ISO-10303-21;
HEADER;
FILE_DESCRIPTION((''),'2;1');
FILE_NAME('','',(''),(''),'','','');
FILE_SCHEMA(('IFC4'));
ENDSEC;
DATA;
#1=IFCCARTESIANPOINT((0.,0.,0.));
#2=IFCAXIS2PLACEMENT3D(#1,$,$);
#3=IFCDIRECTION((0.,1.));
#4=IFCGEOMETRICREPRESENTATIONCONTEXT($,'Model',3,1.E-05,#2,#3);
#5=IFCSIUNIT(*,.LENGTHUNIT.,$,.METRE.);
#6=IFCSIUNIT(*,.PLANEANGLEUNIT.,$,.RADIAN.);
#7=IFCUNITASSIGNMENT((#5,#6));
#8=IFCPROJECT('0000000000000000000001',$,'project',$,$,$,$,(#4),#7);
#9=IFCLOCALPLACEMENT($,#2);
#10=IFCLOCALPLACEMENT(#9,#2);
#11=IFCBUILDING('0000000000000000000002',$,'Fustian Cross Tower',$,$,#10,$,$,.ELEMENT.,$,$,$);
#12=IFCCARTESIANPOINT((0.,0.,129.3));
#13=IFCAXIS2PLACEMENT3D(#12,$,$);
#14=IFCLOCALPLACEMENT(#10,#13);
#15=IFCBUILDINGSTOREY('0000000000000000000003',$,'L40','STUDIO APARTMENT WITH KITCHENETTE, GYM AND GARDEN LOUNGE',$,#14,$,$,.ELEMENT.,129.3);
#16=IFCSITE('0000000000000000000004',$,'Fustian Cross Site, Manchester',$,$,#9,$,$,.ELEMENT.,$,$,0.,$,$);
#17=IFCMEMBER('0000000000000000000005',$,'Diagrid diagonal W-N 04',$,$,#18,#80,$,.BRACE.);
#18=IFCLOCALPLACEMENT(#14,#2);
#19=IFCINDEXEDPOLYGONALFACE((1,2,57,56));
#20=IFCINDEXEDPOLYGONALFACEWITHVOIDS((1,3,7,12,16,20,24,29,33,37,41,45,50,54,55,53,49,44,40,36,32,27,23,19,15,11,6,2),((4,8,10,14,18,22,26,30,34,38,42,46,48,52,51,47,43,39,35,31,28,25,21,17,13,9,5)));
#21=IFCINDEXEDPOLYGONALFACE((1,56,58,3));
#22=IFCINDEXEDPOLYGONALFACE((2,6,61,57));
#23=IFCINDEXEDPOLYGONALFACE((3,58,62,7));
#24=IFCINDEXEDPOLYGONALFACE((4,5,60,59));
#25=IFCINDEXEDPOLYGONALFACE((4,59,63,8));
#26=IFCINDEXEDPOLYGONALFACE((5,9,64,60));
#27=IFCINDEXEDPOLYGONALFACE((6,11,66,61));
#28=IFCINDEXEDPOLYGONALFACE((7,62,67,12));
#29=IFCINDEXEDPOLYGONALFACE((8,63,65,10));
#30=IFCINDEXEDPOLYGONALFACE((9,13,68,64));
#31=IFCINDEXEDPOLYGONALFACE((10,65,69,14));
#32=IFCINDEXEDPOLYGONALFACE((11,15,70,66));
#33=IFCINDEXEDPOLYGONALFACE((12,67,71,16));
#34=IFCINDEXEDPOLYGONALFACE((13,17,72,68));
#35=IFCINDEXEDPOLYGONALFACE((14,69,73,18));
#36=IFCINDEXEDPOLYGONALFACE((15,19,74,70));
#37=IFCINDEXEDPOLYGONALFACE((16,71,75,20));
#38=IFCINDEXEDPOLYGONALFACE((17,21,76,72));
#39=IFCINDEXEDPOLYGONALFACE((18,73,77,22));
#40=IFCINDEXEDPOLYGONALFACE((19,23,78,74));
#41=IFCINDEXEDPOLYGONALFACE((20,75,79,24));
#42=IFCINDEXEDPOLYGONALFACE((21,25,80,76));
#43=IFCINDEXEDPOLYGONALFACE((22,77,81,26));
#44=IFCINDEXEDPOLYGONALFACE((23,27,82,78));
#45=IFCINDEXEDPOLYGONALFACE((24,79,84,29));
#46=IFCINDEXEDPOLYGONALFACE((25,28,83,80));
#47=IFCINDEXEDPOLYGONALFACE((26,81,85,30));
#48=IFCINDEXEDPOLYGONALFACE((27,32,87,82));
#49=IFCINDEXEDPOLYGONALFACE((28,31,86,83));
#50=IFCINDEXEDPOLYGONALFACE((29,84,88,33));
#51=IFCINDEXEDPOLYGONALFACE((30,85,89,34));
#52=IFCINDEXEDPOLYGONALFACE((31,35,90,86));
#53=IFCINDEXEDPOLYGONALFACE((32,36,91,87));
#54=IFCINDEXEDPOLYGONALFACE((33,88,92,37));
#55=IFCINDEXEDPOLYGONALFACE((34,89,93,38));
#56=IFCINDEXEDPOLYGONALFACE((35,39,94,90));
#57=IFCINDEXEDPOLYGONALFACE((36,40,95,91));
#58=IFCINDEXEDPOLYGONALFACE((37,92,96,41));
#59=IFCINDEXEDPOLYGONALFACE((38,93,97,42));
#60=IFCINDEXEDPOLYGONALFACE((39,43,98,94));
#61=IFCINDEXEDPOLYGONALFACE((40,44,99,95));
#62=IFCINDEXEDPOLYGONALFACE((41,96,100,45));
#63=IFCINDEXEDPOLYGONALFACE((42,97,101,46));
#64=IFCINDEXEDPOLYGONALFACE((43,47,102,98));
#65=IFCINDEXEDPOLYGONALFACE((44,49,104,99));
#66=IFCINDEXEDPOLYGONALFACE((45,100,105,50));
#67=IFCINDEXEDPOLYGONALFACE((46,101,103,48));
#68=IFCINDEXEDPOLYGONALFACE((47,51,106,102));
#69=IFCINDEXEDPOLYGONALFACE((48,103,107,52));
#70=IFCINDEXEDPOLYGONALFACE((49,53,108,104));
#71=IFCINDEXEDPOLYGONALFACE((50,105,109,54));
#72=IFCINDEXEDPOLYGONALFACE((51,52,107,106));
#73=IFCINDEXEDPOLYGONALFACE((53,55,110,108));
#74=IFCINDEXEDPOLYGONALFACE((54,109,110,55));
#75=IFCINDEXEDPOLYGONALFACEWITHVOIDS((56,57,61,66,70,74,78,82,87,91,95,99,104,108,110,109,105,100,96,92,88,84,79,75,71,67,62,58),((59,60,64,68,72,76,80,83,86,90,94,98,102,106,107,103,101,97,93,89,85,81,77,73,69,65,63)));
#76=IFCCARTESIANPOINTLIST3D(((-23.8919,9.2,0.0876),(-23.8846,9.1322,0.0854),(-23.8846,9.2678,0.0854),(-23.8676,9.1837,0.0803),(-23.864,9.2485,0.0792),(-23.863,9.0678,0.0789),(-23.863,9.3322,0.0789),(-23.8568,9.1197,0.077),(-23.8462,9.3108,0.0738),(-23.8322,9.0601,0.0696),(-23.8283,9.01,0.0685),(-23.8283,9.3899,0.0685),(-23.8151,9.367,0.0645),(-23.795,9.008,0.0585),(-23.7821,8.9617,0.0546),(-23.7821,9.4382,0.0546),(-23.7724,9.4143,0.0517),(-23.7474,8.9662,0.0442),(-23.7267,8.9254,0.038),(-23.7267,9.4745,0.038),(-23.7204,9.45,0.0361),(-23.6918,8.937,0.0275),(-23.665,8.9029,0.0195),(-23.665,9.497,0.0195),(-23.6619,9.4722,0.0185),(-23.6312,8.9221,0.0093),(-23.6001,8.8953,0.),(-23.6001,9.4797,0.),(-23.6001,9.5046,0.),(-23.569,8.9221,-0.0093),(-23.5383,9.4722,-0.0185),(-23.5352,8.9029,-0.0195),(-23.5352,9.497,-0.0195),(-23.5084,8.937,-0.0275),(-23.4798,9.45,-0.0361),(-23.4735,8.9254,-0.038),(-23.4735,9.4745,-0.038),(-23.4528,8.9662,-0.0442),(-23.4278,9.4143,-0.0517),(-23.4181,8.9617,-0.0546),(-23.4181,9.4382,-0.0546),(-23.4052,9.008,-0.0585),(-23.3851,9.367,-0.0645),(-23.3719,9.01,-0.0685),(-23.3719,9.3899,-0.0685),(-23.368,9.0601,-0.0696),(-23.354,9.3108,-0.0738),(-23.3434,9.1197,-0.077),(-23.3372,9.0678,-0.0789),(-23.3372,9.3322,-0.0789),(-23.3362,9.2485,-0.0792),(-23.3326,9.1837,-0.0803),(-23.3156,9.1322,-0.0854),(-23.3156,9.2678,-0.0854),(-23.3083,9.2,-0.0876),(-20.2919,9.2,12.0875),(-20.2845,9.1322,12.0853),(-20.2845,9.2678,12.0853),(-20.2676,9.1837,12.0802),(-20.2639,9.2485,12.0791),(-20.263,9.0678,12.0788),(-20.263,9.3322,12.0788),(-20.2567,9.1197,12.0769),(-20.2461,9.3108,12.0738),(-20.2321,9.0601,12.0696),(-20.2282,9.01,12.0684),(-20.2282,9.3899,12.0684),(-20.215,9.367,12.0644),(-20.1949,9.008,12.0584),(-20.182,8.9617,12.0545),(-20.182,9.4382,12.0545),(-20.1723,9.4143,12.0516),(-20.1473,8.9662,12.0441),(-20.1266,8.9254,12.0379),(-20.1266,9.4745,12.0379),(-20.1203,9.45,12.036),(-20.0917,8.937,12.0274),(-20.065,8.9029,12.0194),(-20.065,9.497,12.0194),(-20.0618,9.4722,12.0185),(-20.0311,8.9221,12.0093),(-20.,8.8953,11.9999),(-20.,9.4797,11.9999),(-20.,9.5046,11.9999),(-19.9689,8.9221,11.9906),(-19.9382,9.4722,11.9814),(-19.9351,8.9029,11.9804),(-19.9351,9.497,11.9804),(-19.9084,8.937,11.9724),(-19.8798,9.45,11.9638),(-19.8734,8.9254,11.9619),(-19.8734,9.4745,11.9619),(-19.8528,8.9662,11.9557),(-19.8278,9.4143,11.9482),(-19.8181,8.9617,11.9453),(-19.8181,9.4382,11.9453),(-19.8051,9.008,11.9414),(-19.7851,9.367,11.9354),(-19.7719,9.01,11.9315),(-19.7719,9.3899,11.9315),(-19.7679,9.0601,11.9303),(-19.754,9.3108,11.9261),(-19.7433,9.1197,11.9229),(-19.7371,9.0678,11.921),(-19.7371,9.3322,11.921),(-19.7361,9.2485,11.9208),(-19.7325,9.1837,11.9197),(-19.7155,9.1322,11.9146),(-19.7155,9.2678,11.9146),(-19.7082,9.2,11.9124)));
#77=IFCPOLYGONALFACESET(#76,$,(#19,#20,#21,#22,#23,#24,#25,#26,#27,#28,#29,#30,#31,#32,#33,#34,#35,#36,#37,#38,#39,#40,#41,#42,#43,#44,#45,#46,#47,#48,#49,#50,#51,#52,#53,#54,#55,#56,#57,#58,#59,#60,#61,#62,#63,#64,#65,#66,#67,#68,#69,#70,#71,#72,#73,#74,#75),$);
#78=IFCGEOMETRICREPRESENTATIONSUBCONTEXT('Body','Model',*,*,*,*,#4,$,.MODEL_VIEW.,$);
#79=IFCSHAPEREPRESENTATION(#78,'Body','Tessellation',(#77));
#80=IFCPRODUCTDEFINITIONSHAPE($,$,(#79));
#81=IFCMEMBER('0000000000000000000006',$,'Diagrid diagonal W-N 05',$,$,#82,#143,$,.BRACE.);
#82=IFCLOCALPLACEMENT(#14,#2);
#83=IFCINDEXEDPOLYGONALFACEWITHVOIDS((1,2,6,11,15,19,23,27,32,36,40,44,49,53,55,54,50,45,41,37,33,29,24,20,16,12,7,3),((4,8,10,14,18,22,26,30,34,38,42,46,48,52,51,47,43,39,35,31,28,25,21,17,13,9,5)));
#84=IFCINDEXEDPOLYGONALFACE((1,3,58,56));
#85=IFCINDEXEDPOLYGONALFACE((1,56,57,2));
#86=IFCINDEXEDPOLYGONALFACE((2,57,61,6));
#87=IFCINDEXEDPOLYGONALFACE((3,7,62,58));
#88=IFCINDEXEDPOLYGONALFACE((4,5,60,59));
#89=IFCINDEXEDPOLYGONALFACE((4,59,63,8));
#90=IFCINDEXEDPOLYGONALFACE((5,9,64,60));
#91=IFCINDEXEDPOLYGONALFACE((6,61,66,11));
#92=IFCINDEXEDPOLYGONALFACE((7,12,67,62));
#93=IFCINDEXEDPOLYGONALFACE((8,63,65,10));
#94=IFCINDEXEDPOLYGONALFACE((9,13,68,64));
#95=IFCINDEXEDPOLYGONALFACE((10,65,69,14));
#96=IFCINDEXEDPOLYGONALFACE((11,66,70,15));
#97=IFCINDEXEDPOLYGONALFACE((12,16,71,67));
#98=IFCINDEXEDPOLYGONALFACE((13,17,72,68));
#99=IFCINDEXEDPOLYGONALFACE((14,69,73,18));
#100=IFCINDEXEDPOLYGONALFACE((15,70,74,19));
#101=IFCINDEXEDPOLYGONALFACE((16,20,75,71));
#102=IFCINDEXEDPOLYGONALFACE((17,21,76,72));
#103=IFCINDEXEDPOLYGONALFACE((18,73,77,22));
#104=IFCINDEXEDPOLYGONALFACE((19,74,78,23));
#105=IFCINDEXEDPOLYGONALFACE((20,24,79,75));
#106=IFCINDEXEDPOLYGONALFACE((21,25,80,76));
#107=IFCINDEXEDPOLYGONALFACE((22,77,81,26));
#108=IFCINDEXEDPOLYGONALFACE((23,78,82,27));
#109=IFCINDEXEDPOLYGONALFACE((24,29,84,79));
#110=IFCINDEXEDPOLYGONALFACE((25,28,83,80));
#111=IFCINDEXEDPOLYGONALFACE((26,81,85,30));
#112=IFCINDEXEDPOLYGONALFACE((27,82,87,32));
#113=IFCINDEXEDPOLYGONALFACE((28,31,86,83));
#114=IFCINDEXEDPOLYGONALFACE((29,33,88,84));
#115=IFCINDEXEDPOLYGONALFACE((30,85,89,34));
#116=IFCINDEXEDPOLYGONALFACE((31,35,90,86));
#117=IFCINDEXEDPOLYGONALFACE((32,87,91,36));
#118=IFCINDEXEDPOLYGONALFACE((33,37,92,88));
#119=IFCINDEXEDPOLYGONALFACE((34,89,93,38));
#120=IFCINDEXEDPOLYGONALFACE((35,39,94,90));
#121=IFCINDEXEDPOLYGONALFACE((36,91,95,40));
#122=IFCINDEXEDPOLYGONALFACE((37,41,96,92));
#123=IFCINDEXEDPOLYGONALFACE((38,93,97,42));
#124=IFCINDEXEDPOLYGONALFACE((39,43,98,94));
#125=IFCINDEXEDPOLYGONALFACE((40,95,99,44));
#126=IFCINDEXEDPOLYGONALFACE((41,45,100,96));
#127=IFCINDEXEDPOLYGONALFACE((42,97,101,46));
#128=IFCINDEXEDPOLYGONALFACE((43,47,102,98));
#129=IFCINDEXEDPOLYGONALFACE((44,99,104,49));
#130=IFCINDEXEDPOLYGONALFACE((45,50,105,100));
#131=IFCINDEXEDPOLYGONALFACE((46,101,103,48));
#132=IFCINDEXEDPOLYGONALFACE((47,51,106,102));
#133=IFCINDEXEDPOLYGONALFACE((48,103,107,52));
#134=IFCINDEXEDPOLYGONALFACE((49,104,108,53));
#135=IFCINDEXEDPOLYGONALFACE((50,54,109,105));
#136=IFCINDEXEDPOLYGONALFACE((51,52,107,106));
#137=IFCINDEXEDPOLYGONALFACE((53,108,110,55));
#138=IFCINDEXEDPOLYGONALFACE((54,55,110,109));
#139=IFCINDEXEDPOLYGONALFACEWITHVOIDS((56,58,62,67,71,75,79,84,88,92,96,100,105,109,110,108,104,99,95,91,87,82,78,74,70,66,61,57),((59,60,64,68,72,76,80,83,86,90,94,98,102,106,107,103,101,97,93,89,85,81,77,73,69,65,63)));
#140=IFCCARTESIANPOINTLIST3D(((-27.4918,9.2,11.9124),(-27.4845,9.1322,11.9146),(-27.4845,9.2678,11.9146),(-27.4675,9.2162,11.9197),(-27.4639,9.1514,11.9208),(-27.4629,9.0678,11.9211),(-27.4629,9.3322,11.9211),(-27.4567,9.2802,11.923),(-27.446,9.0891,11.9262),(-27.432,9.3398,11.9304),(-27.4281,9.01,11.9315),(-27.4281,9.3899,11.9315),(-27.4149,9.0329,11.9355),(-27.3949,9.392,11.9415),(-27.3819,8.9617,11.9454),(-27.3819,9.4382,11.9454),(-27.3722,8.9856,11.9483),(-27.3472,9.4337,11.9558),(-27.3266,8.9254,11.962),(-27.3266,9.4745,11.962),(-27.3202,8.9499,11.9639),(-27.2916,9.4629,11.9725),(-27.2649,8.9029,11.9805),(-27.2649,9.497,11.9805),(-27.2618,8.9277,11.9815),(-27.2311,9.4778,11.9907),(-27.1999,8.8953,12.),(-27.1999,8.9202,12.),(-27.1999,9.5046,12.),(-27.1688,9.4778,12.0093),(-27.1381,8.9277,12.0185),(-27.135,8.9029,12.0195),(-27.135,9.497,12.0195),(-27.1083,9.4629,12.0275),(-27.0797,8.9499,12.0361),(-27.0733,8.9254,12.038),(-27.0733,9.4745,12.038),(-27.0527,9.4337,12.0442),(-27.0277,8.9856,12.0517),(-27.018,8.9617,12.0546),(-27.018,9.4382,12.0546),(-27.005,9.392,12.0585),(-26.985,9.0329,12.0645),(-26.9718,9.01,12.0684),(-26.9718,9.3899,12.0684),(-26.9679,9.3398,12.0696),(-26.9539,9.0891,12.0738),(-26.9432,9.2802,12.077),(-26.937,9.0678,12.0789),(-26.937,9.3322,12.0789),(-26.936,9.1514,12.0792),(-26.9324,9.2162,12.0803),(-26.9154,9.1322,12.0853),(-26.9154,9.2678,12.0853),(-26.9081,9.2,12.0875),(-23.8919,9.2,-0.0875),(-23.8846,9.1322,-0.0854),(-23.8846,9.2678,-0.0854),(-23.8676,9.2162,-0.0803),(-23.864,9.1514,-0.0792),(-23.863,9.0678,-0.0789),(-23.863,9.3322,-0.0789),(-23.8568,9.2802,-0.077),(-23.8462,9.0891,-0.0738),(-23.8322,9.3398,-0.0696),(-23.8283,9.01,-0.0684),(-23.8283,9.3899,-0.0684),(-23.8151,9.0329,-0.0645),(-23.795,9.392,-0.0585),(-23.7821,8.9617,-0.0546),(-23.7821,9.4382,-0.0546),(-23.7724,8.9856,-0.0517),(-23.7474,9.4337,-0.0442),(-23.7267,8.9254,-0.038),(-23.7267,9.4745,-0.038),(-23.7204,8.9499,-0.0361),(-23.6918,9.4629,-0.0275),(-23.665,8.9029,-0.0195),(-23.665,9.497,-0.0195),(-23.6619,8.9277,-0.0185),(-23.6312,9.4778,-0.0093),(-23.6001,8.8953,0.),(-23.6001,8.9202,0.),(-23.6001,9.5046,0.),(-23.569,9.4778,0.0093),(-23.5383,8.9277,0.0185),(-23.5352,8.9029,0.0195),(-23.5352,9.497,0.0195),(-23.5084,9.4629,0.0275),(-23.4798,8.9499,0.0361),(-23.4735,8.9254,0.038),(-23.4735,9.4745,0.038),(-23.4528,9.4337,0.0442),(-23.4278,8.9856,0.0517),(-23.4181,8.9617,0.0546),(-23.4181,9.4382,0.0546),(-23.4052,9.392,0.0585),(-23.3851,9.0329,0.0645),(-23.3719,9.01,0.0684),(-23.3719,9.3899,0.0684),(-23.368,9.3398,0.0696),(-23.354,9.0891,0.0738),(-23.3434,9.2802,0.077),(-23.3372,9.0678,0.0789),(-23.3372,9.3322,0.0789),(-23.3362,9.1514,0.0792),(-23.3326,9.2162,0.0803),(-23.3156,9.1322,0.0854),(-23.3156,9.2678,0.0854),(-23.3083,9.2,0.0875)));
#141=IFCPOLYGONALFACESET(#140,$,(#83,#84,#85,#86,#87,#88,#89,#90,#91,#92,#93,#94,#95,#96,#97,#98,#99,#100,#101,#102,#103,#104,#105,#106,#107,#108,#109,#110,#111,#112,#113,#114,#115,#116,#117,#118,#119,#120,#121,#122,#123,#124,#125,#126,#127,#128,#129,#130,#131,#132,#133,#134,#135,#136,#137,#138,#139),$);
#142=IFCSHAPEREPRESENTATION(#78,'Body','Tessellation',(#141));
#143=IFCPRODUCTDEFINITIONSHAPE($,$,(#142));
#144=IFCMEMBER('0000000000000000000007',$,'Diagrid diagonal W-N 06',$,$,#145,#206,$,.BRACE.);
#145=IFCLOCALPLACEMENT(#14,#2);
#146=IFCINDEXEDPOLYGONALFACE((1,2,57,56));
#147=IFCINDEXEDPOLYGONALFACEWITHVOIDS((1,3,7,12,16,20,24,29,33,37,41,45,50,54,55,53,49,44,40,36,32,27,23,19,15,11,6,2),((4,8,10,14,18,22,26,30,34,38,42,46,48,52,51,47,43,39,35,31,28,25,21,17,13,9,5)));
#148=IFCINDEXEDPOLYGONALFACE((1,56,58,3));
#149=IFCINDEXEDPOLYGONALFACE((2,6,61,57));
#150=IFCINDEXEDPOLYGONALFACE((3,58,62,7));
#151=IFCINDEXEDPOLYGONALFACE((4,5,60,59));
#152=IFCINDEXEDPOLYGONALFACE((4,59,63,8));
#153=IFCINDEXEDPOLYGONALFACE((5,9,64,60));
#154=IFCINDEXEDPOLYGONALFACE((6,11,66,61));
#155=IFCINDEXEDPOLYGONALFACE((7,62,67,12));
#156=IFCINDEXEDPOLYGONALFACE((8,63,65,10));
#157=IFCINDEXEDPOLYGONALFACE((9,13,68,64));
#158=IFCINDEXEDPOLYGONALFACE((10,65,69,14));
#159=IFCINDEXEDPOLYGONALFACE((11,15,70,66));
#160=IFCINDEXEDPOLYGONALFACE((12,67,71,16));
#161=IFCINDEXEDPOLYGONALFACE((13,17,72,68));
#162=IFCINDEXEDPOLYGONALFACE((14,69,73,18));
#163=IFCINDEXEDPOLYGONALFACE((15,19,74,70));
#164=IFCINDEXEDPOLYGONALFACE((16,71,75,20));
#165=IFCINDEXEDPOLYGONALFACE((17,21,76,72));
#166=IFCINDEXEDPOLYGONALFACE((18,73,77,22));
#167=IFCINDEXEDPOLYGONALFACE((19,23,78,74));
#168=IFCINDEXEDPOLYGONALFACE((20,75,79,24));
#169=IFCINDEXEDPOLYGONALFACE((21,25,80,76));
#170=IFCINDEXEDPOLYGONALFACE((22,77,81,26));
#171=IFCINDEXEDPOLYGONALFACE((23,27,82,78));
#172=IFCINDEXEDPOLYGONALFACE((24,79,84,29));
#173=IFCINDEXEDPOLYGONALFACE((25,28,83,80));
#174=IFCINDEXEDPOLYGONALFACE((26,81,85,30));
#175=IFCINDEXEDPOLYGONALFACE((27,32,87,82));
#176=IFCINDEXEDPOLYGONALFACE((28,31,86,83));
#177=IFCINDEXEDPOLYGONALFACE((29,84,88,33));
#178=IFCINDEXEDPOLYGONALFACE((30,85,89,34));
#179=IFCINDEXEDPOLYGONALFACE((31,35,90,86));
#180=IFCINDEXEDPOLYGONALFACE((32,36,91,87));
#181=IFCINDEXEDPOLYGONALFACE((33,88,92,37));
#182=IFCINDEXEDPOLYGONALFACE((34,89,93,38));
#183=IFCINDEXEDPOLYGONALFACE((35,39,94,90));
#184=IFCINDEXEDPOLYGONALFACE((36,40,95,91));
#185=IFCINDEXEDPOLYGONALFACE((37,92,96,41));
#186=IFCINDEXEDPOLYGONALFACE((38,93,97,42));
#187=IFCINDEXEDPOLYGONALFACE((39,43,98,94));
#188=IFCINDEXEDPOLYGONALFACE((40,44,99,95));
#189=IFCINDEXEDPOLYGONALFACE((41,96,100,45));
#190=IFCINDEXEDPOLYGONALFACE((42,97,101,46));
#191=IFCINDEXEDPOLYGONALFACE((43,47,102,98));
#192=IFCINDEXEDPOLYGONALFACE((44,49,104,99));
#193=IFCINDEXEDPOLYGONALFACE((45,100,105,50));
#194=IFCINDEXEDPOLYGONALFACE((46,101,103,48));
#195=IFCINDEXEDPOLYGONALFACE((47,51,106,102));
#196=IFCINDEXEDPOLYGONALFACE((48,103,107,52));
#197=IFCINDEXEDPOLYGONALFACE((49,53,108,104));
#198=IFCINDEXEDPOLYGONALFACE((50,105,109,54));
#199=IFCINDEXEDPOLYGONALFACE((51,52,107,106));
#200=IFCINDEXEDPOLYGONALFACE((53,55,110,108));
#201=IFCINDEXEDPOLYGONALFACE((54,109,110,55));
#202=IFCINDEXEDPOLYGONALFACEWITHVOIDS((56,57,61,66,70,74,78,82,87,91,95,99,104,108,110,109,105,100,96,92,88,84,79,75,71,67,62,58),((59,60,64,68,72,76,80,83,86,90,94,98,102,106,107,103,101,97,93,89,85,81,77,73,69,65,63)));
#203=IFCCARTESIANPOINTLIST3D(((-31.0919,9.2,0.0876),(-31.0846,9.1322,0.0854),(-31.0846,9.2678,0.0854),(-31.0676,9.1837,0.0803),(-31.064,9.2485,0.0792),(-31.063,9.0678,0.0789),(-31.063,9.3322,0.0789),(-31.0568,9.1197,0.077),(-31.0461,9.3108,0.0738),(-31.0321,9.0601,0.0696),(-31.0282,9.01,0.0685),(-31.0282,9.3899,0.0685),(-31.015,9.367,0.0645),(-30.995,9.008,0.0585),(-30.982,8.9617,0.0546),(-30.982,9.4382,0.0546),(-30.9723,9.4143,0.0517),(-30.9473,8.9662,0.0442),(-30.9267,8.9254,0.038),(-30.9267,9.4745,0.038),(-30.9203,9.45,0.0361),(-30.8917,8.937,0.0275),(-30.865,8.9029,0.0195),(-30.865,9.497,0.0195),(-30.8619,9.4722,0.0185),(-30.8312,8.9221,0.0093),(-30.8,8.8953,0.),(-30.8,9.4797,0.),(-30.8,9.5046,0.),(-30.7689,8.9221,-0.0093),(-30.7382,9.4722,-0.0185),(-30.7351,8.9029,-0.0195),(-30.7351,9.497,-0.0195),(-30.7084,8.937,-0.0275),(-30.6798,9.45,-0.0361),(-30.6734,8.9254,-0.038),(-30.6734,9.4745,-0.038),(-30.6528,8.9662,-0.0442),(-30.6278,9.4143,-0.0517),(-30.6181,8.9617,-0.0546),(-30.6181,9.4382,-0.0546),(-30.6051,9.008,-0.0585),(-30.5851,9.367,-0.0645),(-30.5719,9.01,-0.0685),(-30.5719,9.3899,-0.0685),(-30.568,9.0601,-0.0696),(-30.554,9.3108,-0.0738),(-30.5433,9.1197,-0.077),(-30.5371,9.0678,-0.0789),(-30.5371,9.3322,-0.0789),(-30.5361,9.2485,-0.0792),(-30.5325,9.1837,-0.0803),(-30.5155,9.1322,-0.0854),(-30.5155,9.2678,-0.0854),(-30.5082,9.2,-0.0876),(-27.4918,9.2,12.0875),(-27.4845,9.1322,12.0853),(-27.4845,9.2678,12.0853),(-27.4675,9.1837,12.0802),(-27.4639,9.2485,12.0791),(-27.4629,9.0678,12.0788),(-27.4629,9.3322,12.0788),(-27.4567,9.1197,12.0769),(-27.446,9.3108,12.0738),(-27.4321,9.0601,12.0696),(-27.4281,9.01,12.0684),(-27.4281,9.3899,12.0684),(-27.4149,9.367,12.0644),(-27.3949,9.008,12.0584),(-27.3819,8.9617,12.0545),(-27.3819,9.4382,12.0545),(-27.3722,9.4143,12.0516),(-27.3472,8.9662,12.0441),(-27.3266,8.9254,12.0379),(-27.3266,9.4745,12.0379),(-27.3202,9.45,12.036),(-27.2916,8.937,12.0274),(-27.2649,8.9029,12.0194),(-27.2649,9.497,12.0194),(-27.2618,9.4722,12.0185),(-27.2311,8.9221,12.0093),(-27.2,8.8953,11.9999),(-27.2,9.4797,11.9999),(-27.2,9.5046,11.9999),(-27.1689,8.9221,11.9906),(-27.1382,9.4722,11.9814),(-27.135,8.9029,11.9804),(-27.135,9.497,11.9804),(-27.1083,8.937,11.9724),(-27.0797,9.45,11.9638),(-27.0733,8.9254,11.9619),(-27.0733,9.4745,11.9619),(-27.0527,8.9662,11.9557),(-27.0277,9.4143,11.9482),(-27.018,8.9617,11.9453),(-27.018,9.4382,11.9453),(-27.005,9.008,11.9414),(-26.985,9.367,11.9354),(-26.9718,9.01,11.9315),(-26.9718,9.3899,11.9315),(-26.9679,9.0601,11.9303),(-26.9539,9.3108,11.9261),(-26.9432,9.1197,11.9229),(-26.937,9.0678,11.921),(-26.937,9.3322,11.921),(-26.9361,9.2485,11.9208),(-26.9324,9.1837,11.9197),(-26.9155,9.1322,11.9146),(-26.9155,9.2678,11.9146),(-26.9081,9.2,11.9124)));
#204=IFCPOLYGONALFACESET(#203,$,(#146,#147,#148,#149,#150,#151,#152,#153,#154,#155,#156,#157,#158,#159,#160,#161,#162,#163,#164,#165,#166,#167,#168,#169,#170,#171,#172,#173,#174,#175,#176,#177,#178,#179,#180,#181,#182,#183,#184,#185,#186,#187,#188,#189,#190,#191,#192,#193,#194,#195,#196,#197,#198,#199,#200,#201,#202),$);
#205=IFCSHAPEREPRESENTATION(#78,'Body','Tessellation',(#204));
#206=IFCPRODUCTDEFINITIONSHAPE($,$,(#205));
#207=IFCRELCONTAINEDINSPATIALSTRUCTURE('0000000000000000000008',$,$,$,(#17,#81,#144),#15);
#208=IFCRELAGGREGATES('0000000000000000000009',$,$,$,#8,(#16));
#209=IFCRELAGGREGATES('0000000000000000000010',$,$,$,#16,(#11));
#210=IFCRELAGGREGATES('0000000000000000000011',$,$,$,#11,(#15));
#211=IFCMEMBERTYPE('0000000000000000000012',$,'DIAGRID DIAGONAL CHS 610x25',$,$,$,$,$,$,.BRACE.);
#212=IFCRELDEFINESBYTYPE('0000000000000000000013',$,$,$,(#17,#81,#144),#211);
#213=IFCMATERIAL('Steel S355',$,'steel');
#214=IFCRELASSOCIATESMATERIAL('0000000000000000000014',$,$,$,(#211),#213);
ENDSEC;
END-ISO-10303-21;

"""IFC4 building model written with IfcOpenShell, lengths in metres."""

from ifc_helpers import new_model, si_unit, direction, frame, origin, origin_2d, place, context, subcontext, project, spatial, hollow_circle, extrude, material, material_profile, profile_set, type_object, element, save


model = new_model("IFC4")

# Units and contexts
model_context = context("Model", 3, precision=1e-05, world=origin(), true_north=direction((0.0, 1.0)))
body_context = subcontext(model_context, "Body", "Model", "MODEL_VIEW")
ifc_project = project(units=[si_unit("LENGTHUNIT", "METRE"), si_unit("PLANEANGLEUNIT", "RADIAN")], contexts=[model_context])

# Site, building, storey
site_placement = place(None, origin())
site = spatial("IfcSite", under=ifc_project, at=site_placement, Name="Fustian Cross Site, Manchester", CompositionType="ELEMENT", RefElevation=0.0)
building_placement = place(site_placement, origin())
building = spatial("IfcBuilding", under=site, at=building_placement, Name="Fustian Cross Tower", CompositionType="ELEMENT")
storey_placement = place(building_placement, frame((0.0, 0.0, 129.3)))
storey = spatial("IfcBuildingStorey", under=building, at=storey_placement, Name="L40", Description="STUDIO APARTMENT WITH KITCHENETTE, GYM AND GARDEN LOUNGE", CompositionType="ELEMENT", Elevation=129.3)

# Members
ifc_material_1 = material(Name="Steel S355", Category="steel")
ifc_material_profile_1 = material_profile(ifc_material_1, hollow_circle(Radius=0.3047, WallThickness=0.0249, at=origin_2d()), Name="CHS 610x25")
ifc_profile_set_1 = profile_set([ifc_material_profile_1], Name="Steel S355")
member_type = type_object("IfcMemberType", Name="DIAGRID DIAGONAL CHS 610x25", PredefinedType="BRACE", material=ifc_profile_set_1)
for number, where, z_axis, x_axis, name in (
    (1, (-23.6001, 9.2, 0.0), (0.287355, 0.0, 0.957824), (0.0, 1.0, 0.0), "Diagrid diagonal W-N 04"),
    (2, (-23.6001, 9.2, 0.0), (-0.287337, 0.0, 0.95783), (0.0, -1.0, 0.0), "Diagrid diagonal W-N 05"),
    (3, (-30.8, 9.2, 0.0), (0.287355, 0.0, 0.957824), (0.0, 1.0, 0.0), "Diagrid diagonal W-N 06"),
):
    element("IfcMember", number, at=place(storey_placement, frame(where, z_axis=z_axis, x_axis=x_axis)), inside=storey, type_object=member_type, Name=name, PredefinedType="BRACE", context=body_context, shape_type="SweptSolid", body=[
        extrude(hollow_circle(Radius=0.3047, WallThickness=0.0249, at=origin_2d()), origin(), (0.0, 0.0, 1.0), 12.5283),
    ])

save(model, "model.ifc")
